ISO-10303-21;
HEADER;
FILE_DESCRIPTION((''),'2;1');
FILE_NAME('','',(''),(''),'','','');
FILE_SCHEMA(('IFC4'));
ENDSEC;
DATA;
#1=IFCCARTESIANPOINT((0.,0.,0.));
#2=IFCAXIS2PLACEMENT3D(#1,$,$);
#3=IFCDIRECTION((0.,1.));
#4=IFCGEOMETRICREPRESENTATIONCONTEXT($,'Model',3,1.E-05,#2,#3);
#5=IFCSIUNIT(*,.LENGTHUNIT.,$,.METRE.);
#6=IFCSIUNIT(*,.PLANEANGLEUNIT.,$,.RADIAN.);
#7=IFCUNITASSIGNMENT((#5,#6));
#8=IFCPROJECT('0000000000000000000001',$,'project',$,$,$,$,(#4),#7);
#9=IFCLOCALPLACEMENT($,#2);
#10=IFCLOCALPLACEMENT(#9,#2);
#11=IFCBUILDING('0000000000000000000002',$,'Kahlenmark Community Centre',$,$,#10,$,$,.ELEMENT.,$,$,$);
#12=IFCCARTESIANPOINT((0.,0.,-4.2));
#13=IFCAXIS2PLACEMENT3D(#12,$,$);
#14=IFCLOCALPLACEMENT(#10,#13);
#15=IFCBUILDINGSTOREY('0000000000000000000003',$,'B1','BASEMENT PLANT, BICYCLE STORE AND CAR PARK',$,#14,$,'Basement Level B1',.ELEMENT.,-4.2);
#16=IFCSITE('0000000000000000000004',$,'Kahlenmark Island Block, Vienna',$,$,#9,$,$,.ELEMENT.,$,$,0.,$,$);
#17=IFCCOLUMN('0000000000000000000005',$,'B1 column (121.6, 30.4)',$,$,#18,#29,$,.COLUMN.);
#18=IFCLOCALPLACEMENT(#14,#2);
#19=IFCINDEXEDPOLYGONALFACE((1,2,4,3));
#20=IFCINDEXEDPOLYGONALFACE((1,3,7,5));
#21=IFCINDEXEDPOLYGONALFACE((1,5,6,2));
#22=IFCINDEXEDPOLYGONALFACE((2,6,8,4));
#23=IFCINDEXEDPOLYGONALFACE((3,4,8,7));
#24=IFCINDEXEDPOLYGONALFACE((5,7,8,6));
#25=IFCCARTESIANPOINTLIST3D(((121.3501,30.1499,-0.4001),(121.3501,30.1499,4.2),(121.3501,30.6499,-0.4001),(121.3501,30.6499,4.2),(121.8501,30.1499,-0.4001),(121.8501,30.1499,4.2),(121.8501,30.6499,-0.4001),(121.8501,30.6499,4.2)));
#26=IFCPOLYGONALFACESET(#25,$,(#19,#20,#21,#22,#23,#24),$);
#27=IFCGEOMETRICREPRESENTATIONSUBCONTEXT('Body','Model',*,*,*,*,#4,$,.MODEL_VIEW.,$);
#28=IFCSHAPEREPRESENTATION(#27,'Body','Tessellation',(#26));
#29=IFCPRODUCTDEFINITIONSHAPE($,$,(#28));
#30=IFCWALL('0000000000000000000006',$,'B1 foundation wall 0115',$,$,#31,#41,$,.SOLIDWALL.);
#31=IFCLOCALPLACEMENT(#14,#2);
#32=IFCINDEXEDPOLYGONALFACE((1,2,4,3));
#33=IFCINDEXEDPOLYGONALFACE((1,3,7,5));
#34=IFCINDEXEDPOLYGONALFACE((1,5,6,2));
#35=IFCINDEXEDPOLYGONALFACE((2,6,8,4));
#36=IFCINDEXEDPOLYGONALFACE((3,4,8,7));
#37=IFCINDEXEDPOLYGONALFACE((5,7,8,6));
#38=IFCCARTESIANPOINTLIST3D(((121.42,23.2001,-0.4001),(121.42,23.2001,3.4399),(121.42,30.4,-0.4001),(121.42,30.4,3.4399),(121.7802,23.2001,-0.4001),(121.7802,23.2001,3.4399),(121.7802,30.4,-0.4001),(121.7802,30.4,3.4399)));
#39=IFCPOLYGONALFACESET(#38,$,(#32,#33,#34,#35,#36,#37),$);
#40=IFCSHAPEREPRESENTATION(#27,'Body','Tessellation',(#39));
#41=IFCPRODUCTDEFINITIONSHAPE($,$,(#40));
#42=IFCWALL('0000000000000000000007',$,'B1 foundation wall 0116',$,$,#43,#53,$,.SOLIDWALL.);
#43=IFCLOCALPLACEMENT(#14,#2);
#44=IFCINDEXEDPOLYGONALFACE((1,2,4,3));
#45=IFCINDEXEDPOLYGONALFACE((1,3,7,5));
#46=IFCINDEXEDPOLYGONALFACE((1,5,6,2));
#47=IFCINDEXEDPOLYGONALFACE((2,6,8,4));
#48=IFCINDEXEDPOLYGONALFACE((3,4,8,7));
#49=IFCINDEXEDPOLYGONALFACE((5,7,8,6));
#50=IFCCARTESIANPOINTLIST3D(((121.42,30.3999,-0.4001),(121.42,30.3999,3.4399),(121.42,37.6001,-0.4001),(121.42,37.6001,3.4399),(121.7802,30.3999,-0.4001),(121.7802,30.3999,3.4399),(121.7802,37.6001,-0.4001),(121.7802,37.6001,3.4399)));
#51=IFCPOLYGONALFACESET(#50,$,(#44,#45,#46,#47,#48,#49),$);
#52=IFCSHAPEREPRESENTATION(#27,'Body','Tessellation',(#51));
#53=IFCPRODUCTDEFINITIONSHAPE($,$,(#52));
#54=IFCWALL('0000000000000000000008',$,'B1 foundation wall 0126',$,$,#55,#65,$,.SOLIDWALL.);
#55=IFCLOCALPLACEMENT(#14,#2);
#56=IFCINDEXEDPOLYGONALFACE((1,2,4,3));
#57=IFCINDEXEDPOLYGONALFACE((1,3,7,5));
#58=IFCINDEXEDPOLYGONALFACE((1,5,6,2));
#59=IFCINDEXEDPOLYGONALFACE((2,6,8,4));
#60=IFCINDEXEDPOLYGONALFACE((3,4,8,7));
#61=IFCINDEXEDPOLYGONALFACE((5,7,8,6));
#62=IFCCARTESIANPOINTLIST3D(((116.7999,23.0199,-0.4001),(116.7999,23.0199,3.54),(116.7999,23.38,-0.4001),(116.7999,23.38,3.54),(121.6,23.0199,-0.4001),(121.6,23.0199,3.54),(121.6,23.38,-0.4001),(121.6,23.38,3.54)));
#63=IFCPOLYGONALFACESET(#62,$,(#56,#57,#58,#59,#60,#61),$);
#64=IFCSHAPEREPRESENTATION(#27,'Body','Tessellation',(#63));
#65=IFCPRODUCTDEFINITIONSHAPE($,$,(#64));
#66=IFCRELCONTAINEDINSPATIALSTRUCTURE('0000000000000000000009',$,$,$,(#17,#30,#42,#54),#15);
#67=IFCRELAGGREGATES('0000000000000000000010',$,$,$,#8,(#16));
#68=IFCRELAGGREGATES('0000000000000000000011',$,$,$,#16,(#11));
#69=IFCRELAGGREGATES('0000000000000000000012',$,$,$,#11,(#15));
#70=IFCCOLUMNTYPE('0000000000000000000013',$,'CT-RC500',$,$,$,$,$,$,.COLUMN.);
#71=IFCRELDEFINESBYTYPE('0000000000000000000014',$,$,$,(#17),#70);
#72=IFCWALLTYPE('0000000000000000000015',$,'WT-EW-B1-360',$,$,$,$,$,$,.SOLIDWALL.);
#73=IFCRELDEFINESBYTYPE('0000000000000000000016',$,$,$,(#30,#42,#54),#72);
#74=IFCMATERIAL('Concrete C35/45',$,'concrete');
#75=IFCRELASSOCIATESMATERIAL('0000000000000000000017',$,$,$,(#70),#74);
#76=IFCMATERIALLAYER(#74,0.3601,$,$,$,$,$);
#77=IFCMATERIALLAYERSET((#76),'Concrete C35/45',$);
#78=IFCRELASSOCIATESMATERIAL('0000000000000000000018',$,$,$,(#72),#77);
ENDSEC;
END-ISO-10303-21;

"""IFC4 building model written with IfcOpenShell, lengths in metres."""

from ifc_helpers import new_model, si_unit, direction, frame, frame_2d, origin, origin_2d, place, context, subcontext, project, spatial, rectangle, extrude, material, layer, layer_set, material_profile, profile_set, type_object, element, save


model = new_model("IFC4")

# Units and contexts
model_context = context("Model", 3, precision=1e-05, world=origin(), true_north=direction((0.0, 1.0)))
body_context = subcontext(model_context, "Body", "Model", "MODEL_VIEW")
ifc_project = project(units=[si_unit("LENGTHUNIT", "METRE"), si_unit("PLANEANGLEUNIT", "RADIAN")], contexts=[model_context])

# Site, building, storey
site_placement = place(None, origin())
site = spatial("IfcSite", under=ifc_project, at=site_placement, Name="Kahlenmark Island Block, Vienna", CompositionType="ELEMENT", RefElevation=0.0)
building_placement = place(site_placement, origin())
building = spatial("IfcBuilding", under=site, at=building_placement, Name="Kahlenmark Community Centre", CompositionType="ELEMENT")
storey_placement = place(building_placement, frame((0.0, 0.0, -4.2)))
storey = spatial("IfcBuildingStorey", under=building, at=storey_placement, Name="B1", Description="BASEMENT PLANT, BICYCLE STORE AND CAR PARK", LongName="Basement Level B1", CompositionType="ELEMENT", Elevation=-4.2)

# Column
ifc_material_1 = material(Name="Concrete C35/45", Category="concrete")
ifc_material_profile_1 = material_profile(ifc_material_1, rectangle(XDim=0.5, YDim=0.5, at=origin_2d()), Name="RC 500x500")
ifc_profile_set_1 = profile_set([ifc_material_profile_1], Name="Concrete C35/45")
column_type = type_object("IfcColumnType", Name="CT-RC500", PredefinedType="COLUMN", material=ifc_profile_set_1)
for number, where, z_axis, x_axis, name in (
    (1, (121.6001, 30.3999, -0.4001), (0.0, 0.0, 1.0), (1.0, 0.0, 0.0), "B1 column (121.6, 30.4)"),
):
    element("IfcColumn", number, at=place(storey_placement, frame(where, z_axis=z_axis, x_axis=x_axis)), inside=storey, type_object=column_type, Name=name, PredefinedType="COLUMN", context=body_context, shape_type="SweptSolid", body=[
        extrude(rectangle(XDim=0.5, YDim=0.5, at=origin_2d()), origin(), (0.0, 0.0, 1.0), 4.6001),
    ])

# Walls
ifc_layer = layer(ifc_material_1, 0.3601)
ifc_layer_set = layer_set([ifc_layer], Name="Concrete C35/45")
wall_type = type_object("IfcWallType", Name="WT-EW-B1-360", PredefinedType="SOLIDWALL", material=ifc_layer_set)
wall_1_placement = place(storey_placement, frame((121.6001, 23.2, -0.4001), z_axis=(0.0, 0.0, 1.0), x_axis=(0.0, 1.0, 0.0)))
element("IfcWall", 2, at=wall_1_placement, inside=storey, type_object=wall_type, Name="B1 foundation wall 0115", PredefinedType="SOLIDWALL", context=body_context, shape_type="SweptSolid", body=[
    extrude(rectangle(XDim=7.2, YDim=0.3601, at=frame_2d((3.6001, 0.0))), origin(), (0.0, 0.0, 1.0), 3.8401),
])
wall_2_placement = place(storey_placement, frame((121.6001, 30.3999, -0.4001), z_axis=(0.0, 0.0, 1.0), x_axis=(0.0, 1.0, 0.0)))
element("IfcWall", 3, at=wall_2_placement, inside=storey, type_object=wall_type, Name="B1 foundation wall 0116", PredefinedType="SOLIDWALL", context=body_context, shape_type="SweptSolid", body=[
    extrude(rectangle(XDim=7.2002, YDim=0.3601, at=frame_2d((3.6001, 0.0))), origin(), (0.0, 0.0, 1.0), 3.8401),
])
wall_3_placement = place(storey_placement, frame((116.8, 23.2, -0.4001), z_axis=(0.0, 0.0, 1.0), x_axis=(1.0, 0.0, 0.0)))
element("IfcWall", 4, at=wall_3_placement, inside=storey, type_object=wall_type, Name="B1 foundation wall 0126", PredefinedType="SOLIDWALL", context=body_context, shape_type="SweptSolid", body=[
    extrude(rectangle(XDim=4.8, YDim=0.3601, at=frame_2d((2.3999, 0.0))), origin(), (0.0, 0.0, 1.0), 3.9402),
])

save(model, "model.ifc")
